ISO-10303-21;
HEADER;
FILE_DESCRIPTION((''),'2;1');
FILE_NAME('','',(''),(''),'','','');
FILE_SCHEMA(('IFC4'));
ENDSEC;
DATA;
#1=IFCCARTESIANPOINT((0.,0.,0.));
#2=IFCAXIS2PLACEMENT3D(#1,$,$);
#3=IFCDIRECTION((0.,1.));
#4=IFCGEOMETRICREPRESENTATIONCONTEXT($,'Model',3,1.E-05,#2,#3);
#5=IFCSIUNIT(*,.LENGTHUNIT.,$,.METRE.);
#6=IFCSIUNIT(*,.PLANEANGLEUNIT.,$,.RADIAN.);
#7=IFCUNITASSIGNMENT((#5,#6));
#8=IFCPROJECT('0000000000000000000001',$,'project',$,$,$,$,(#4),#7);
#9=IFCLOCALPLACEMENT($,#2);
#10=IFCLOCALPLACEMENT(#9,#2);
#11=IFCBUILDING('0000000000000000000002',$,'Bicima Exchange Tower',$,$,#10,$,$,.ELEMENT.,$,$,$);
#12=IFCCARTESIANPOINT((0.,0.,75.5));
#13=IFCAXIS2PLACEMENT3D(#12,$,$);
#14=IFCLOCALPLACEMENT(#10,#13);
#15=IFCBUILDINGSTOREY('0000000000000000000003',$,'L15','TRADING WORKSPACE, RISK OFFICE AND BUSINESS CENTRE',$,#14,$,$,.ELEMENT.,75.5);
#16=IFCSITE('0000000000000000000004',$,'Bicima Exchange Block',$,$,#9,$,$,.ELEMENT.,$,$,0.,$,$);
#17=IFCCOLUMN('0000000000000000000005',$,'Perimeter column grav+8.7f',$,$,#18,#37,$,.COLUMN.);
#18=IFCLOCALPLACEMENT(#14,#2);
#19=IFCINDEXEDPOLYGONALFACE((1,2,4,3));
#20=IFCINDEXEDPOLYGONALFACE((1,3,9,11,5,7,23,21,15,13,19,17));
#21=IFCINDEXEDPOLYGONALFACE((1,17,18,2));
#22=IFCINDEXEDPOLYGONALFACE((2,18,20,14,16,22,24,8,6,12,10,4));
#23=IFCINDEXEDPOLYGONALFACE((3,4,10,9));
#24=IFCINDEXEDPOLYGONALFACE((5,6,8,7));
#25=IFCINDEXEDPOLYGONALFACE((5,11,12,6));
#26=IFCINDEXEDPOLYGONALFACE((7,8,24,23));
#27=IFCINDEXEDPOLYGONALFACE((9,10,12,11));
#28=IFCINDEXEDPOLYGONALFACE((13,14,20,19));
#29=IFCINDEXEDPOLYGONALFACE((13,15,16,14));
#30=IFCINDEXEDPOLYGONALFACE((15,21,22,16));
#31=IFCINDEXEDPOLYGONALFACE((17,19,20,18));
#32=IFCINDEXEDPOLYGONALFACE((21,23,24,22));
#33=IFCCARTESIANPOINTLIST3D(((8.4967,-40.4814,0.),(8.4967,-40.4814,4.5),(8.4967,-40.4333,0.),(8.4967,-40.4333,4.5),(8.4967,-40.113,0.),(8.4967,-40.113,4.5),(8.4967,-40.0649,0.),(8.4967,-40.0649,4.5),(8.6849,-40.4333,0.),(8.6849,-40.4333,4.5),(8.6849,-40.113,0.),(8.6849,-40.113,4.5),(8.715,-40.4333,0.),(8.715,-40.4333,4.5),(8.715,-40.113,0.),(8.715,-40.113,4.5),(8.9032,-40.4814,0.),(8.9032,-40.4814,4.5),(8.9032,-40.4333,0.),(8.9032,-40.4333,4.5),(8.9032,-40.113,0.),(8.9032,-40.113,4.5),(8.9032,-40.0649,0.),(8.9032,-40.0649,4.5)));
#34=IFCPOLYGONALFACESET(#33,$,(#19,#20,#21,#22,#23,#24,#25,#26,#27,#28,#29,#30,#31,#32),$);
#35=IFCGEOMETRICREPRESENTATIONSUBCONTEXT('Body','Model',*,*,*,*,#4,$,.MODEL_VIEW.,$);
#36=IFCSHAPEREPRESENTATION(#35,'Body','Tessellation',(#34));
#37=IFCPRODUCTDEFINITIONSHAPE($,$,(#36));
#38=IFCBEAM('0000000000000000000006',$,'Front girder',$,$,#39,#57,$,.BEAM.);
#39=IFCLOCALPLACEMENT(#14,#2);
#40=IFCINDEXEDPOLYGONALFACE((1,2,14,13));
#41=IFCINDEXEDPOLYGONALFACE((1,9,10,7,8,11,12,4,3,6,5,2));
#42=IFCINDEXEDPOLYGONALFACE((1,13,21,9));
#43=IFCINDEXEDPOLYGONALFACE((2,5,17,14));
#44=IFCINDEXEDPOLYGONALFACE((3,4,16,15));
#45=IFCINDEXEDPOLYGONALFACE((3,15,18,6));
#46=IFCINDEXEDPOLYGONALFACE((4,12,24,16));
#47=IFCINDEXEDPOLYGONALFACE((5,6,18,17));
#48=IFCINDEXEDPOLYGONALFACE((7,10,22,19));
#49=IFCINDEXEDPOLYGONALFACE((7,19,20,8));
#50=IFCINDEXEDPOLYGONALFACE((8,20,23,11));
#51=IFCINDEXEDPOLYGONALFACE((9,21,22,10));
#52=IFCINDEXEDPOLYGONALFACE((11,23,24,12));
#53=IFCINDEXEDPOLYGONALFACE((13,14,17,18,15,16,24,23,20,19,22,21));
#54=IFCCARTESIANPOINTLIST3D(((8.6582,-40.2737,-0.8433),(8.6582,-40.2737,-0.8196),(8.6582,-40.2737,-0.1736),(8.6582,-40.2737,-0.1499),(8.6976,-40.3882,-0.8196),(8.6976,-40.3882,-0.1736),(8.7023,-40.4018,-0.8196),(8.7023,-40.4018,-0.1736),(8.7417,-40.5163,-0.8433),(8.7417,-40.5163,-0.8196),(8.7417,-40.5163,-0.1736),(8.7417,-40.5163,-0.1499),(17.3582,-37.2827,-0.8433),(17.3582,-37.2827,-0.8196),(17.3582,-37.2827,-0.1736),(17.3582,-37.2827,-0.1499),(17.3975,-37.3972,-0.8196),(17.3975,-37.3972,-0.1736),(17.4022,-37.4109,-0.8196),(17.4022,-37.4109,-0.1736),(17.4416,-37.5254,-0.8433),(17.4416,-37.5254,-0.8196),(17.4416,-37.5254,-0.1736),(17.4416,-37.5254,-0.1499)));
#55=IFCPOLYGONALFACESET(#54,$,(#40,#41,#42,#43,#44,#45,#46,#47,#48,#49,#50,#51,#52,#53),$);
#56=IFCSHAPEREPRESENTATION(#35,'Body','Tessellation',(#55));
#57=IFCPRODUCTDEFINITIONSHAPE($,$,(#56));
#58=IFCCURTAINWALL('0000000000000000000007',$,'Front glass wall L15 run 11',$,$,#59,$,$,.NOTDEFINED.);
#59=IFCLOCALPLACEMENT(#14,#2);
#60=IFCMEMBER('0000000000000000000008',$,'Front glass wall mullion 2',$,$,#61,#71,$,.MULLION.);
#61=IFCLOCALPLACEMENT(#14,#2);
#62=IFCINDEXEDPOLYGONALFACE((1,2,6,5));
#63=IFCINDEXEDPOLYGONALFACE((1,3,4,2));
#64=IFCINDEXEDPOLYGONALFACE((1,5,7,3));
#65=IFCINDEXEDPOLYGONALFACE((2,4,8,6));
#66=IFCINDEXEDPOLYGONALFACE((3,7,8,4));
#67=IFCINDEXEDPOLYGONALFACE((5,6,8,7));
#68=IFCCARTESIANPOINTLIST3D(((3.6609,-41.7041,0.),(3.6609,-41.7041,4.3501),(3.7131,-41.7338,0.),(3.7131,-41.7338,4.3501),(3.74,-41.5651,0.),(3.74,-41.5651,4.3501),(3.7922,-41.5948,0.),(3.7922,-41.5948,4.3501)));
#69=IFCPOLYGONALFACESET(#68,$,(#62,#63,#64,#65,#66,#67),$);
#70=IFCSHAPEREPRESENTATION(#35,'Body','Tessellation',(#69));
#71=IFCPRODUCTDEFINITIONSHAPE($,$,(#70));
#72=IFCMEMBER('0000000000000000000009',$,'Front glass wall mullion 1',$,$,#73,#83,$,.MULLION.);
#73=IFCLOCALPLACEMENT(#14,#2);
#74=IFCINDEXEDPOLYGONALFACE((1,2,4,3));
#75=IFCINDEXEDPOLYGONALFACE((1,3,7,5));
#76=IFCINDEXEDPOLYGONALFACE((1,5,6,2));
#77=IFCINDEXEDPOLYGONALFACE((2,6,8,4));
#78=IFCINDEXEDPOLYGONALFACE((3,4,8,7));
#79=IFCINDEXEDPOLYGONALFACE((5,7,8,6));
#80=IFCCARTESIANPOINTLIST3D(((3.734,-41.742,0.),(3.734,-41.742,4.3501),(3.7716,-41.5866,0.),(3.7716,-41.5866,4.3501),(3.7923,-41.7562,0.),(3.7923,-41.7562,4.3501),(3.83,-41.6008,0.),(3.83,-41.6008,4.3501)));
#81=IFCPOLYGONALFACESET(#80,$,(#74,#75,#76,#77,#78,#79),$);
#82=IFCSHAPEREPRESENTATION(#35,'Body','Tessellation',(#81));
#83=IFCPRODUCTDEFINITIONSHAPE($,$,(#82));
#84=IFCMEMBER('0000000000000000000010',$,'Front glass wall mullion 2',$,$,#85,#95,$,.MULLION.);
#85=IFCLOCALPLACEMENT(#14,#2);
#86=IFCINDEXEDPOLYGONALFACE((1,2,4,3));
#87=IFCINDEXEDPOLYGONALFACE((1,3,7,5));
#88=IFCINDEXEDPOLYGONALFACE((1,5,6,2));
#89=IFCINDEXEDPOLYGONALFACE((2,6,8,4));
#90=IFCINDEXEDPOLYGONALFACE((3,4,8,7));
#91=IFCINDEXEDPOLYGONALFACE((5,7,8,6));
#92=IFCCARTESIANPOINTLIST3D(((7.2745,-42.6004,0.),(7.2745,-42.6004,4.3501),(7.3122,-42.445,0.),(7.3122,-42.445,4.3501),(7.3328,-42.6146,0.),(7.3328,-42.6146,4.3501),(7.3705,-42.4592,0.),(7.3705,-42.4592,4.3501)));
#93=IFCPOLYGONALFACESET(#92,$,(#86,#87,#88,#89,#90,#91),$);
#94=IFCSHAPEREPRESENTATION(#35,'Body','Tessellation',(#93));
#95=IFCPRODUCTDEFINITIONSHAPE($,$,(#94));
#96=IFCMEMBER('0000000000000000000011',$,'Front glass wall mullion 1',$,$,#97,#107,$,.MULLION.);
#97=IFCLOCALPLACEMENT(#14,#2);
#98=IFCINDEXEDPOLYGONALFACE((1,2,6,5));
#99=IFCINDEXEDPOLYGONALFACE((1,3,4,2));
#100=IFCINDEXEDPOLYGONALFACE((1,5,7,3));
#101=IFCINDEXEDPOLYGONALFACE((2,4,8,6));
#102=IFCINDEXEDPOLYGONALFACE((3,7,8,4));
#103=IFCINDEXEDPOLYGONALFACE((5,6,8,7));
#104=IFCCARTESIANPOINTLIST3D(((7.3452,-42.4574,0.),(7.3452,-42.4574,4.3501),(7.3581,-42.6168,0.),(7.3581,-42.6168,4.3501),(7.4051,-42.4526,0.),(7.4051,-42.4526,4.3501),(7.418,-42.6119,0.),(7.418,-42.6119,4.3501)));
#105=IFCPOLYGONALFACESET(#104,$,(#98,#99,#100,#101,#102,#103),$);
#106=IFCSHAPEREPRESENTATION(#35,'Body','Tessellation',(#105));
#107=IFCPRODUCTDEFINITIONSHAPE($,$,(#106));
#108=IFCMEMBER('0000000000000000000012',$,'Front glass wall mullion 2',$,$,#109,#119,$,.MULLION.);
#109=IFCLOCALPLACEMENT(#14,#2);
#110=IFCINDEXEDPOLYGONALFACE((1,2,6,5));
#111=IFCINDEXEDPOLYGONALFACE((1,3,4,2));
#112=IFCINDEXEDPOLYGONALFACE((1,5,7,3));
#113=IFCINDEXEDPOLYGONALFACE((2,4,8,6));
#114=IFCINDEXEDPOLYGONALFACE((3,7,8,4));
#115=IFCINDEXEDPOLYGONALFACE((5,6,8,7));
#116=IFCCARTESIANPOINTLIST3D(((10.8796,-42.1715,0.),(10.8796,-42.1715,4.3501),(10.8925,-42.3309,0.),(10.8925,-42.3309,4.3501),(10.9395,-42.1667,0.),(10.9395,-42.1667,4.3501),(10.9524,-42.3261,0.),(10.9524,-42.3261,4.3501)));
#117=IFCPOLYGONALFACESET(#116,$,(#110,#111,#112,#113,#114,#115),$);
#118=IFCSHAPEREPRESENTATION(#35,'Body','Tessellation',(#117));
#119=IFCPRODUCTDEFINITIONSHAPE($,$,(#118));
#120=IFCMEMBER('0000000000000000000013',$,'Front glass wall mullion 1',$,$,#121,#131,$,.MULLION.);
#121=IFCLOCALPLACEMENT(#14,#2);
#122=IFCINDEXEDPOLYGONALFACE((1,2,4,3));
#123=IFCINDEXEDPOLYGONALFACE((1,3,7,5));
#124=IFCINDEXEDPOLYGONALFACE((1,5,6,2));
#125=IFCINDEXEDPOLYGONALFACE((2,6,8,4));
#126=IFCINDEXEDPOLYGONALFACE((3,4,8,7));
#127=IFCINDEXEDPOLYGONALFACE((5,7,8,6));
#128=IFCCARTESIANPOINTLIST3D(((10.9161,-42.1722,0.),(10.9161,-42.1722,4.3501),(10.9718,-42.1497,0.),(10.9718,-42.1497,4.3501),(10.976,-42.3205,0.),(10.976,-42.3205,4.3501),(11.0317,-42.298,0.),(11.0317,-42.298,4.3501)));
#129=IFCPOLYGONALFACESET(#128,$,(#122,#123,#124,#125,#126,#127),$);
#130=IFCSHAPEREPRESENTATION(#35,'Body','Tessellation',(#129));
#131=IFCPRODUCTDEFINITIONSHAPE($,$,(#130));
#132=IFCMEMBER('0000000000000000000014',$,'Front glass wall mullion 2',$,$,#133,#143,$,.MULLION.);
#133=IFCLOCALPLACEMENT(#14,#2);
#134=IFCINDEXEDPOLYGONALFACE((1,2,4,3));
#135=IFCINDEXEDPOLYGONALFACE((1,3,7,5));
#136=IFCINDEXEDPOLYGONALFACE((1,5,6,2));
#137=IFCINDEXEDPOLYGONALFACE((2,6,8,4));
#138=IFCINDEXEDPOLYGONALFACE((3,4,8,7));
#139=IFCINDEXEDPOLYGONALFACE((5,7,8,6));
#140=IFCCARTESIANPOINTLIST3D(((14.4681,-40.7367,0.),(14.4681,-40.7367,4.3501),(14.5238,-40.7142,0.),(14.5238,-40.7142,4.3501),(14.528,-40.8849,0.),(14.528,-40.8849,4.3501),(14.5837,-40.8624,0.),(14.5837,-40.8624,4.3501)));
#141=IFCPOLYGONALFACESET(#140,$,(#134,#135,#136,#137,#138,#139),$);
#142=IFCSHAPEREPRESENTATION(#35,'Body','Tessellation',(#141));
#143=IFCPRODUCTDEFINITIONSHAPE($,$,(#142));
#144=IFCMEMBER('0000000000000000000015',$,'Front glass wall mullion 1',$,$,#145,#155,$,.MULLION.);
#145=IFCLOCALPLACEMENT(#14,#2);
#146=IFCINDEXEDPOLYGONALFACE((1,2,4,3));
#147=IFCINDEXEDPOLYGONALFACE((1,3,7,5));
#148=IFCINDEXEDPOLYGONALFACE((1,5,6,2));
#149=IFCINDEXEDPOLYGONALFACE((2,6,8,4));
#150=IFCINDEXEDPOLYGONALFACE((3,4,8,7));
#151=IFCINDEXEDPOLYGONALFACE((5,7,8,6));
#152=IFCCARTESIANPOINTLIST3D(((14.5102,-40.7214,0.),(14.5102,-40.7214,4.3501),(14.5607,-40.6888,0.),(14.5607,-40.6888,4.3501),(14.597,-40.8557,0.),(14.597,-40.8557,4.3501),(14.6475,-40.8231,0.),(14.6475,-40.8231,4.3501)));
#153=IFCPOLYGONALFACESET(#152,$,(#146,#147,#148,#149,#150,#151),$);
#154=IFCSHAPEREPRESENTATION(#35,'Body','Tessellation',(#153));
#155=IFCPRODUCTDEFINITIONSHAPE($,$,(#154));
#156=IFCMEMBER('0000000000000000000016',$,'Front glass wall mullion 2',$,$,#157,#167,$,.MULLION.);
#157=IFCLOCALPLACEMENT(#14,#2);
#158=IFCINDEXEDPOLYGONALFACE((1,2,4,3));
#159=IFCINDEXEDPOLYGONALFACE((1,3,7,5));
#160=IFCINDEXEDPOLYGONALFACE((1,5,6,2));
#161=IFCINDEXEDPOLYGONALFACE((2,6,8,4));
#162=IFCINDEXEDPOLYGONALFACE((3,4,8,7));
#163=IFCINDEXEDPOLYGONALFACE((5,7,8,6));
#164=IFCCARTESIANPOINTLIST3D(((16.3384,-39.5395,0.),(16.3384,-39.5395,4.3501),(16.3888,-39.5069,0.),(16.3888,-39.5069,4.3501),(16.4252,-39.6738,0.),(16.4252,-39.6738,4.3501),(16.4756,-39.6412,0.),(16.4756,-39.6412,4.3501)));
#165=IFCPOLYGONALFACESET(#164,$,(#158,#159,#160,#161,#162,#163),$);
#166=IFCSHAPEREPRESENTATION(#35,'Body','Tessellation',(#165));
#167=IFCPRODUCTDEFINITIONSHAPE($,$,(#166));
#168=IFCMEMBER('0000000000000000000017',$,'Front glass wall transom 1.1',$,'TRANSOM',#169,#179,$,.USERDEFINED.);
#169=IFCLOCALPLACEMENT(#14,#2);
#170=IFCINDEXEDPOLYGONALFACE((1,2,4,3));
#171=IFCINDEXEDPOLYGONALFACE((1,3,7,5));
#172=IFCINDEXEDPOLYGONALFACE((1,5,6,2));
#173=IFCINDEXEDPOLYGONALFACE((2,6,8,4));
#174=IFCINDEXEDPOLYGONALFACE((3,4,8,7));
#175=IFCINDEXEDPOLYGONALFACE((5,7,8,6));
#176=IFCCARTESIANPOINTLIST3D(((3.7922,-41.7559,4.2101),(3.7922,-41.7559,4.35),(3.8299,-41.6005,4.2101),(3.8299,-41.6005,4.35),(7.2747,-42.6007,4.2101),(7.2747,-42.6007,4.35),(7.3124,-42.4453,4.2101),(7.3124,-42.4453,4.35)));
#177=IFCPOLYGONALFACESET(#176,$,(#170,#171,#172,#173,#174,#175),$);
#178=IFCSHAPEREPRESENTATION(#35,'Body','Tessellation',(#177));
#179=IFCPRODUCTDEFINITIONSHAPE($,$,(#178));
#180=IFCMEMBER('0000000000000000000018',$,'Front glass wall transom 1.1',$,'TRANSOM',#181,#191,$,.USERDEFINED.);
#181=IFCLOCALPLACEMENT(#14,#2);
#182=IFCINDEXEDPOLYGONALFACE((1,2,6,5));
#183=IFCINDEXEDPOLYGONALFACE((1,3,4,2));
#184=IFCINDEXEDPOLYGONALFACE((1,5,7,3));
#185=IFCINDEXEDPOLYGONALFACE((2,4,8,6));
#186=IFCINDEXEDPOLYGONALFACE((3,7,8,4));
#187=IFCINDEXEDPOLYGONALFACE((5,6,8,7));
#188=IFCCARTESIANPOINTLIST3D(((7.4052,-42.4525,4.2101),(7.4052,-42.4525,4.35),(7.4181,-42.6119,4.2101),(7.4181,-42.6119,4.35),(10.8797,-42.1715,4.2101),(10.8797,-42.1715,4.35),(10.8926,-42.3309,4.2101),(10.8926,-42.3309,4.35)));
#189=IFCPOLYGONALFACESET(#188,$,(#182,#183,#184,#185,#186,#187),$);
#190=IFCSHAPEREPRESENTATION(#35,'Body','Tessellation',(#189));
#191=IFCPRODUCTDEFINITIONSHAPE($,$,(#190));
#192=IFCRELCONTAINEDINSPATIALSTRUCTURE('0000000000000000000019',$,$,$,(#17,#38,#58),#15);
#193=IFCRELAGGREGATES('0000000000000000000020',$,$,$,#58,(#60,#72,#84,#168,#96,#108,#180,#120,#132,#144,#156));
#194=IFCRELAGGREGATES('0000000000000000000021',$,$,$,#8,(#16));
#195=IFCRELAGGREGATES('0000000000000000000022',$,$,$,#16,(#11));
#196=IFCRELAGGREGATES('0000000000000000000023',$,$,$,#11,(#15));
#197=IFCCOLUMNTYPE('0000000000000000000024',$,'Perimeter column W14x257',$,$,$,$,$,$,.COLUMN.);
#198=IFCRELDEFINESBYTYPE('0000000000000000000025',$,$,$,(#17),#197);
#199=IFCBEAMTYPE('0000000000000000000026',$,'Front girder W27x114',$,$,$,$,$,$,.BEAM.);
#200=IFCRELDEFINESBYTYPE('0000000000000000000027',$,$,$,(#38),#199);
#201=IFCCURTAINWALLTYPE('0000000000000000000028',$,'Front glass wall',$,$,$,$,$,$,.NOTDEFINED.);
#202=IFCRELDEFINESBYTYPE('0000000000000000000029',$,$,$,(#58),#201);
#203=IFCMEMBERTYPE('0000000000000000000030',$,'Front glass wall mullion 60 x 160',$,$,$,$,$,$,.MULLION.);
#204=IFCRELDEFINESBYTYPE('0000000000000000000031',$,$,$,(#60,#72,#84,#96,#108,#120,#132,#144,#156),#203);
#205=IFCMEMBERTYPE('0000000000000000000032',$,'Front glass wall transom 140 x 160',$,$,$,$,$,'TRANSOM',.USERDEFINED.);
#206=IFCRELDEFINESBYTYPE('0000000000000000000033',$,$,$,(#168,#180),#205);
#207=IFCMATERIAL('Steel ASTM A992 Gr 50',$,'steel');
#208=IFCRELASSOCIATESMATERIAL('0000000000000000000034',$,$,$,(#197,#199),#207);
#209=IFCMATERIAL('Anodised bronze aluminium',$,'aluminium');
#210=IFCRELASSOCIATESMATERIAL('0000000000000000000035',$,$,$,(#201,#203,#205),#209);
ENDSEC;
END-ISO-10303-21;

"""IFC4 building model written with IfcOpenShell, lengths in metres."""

from ifc_helpers import new_model, si_unit, direction, frame, origin, origin_2d, place, context, subcontext, project, spatial, rectangle, i_section, extrude, material, material_profile, profile_set, type_object, element, aggregate, save


model = new_model("IFC4")

# Units and contexts
model_context = context("Model", 3, precision=1e-05, world=origin(), true_north=direction((0.0, 1.0)))
body_context = subcontext(model_context, "Body", "Model", "MODEL_VIEW")
ifc_project = project(units=[si_unit("LENGTHUNIT", "METRE"), si_unit("PLANEANGLEUNIT", "RADIAN")], contexts=[model_context])

# Site, building, storey
site_placement = place(None, origin())
site = spatial("IfcSite", under=ifc_project, at=site_placement, Name="Bicima Exchange Block", CompositionType="ELEMENT", RefElevation=0.0)
building_placement = place(site_placement, origin())
building = spatial("IfcBuilding", under=site, at=building_placement, Name="Bicima Exchange Tower", CompositionType="ELEMENT")
storey_placement = place(building_placement, frame((0.0, 0.0, 75.5)))
storey = spatial("IfcBuildingStorey", under=building, at=storey_placement, Name="L15", Description="TRADING WORKSPACE, RISK OFFICE AND BUSINESS CENTRE", CompositionType="ELEMENT", Elevation=75.5)

# Column
ifc_material_1 = material(Name="Steel ASTM A992 Gr 50", Category="steel")
ifc_material_profile_1 = material_profile(ifc_material_1, i_section(OverallWidth=0.4065, OverallDepth=0.4165, WebThickness=0.03, FlangeThickness=0.0481, at=origin_2d()))
ifc_profile_set_1 = profile_set([ifc_material_profile_1], Name="Steel ASTM A992 Gr 50")
column_type = type_object("IfcColumnType", Name="Perimeter column W14x257", PredefinedType="COLUMN", material=ifc_profile_set_1)
column_placement = place(storey_placement, frame((8.7, -40.2732, 0.0), z_axis=(0.0, 0.0, 1.0), x_axis=(1.0, 0.0, 0.0)))
element("IfcColumn", 1, at=column_placement, inside=storey, type_object=column_type, Name="Perimeter column grav+8.7f", PredefinedType="COLUMN", context=body_context, shape_type="SweptSolid", body=[
    extrude(i_section(OverallWidth=0.4065, OverallDepth=0.4165, WebThickness=0.03, FlangeThickness=0.0481, at=origin_2d()), origin(), (0.0, 0.0, 1.0), 4.5),
])

# Beam
ifc_material_profile_2 = material_profile(ifc_material_1, i_section(OverallWidth=0.2566, OverallDepth=0.6934, WebThickness=0.0144, FlangeThickness=0.0237, at=origin_2d()))
ifc_profile_set_2 = profile_set([ifc_material_profile_2], Name="Steel ASTM A992 Gr 50")
beam_type = type_object("IfcBeamType", Name="Front girder W27x114", PredefinedType="BEAM", material=ifc_profile_set_2)
beam_placement = place(storey_placement, frame((8.7, -40.395, -0.4966), z_axis=(0.945675, 0.325115, 0.0), x_axis=(-0.325115, 0.945675, 0.0)))
element("IfcBeam", 2, at=beam_placement, inside=storey, type_object=beam_type, Name="Front girder", PredefinedType="BEAM", context=body_context, shape_type="SweptSolid", body=[
    extrude(i_section(OverallWidth=0.2566, OverallDepth=0.6934, WebThickness=0.0144, FlangeThickness=0.0237, at=origin_2d()), origin(), (0.0, 0.0, 1.0), 9.1997),
])

# Curtain wall, members
ifc_material_2 = material(Name="Anodised bronze aluminium", Category="aluminium")
curtain_wall_type = type_object("IfcCurtainWallType", Name="Front glass wall", PredefinedType="NOTDEFINED", material=ifc_material_2)
curtain_wall_placement = place(storey_placement, origin())
curtain_wall = element("IfcCurtainWall", 3, at=curtain_wall_placement, inside=storey, type_object=curtain_wall_type, Name="Front glass wall L15 run 11", PredefinedType="NOTDEFINED")
ifc_material_profile_3 = material_profile(ifc_material_2, rectangle(XDim=0.1599, YDim=0.0601, at=origin_2d()))
ifc_profile_set_3 = profile_set([ifc_material_profile_3], Name="Anodised bronze aluminium")
member_type_1 = type_object("IfcMemberType", Name="Front glass wall mullion 60 x 160", PredefinedType="MULLION", material=ifc_profile_set_3)
member_1_placement = place(storey_placement, frame((3.7266, -41.6494, 0.0), z_axis=(0.0, 0.0, 1.0), x_axis=(0.49433, 0.869274, 0.0)))
member_1 = element("IfcMember", 4, at=member_1_placement, type_object=member_type_1, Name="Front glass wall mullion 2", PredefinedType="MULLION", context=body_context, shape_type="SweptSolid", body=[
    extrude(rectangle(XDim=0.1599, YDim=0.0601, at=origin_2d()), origin(), (0.0, 0.0, 1.0), 4.3501),
])
member_2_placement = place(storey_placement, frame((3.782, -41.6714, 0.0), z_axis=(0.0, 0.0, 1.0), x_axis=(0.235682, 0.97183, 0.0)))
member_2 = element("IfcMember", 5, at=member_2_placement, type_object=member_type_1, Name="Front glass wall mullion 1", PredefinedType="MULLION", context=body_context, shape_type="SweptSolid", body=[
    extrude(rectangle(XDim=0.1599, YDim=0.0601, at=origin_2d()), origin(), (0.0, 0.0, 1.0), 4.3501),
])
member_3_placement = place(storey_placement, frame((7.3225, -42.5298, 0.0), z_axis=(0.0, 0.0, 1.0), x_axis=(0.235682, 0.97183, 0.0)))
member_3 = element("IfcMember", 6, at=member_3_placement, type_object=member_type_1, Name="Front glass wall mullion 2", PredefinedType="MULLION", context=body_context, shape_type="SweptSolid", body=[
    extrude(rectangle(XDim=0.1599, YDim=0.0601, at=origin_2d()), origin(), (0.0, 0.0, 1.0), 4.3501),
])
member_4_placement = place(storey_placement, frame((7.3816, -42.5347, 0.0), z_axis=(0.0, 0.0, 1.0), x_axis=(-0.080589, 0.996747, 0.0)))
member_4 = element("IfcMember", 7, at=member_4_placement, type_object=member_type_1, Name="Front glass wall mullion 1", PredefinedType="MULLION", context=body_context, shape_type="SweptSolid", body=[
    extrude(rectangle(XDim=0.1599, YDim=0.0601, at=origin_2d()), origin(), (0.0, 0.0, 1.0), 4.3501),
])
member_5_placement = place(storey_placement, frame((10.916, -42.2488, 0.0), z_axis=(0.0, 0.0, 1.0), x_axis=(-0.080589, 0.996747, 0.0)))
member_5 = element("IfcMember", 8, at=member_5_placement, type_object=member_type_1, Name="Front glass wall mullion 2", PredefinedType="MULLION", context=body_context, shape_type="SweptSolid", body=[
    extrude(rectangle(XDim=0.1599, YDim=0.0601, at=origin_2d()), origin(), (0.0, 0.0, 1.0), 4.3501),
])
member_6_placement = place(storey_placement, frame((10.9739, -42.2351, 0.0), z_axis=(0.0, 0.0, 1.0), x_axis=(-0.374705, 0.927144, 0.0)))
member_6 = element("IfcMember", 9, at=member_6_placement, type_object=member_type_1, Name="Front glass wall mullion 1", PredefinedType="MULLION", context=body_context, shape_type="SweptSolid", body=[
    extrude(rectangle(XDim=0.1599, YDim=0.0601, at=origin_2d()), origin(), (0.0, 0.0, 1.0), 4.3501),
])
member_7_placement = place(storey_placement, frame((14.5259, -40.7996, 0.0), z_axis=(0.0, 0.0, 1.0), x_axis=(-0.374705, 0.927144, 0.0)))
member_7 = element("IfcMember", 10, at=member_7_placement, type_object=member_type_1, Name="Front glass wall mullion 2", PredefinedType="MULLION", context=body_context, shape_type="SweptSolid", body=[
    extrude(rectangle(XDim=0.1599, YDim=0.0601, at=origin_2d()), origin(), (0.0, 0.0, 1.0), 4.3501),
])
member_8_placement = place(storey_placement, frame((14.5789, -40.7722, 0.0), z_axis=(0.0, 0.0, 1.0), x_axis=(-0.542909, 0.839791, 0.0)))
member_8 = element("IfcMember", 11, at=member_8_placement, type_object=member_type_1, Name="Front glass wall mullion 1", PredefinedType="MULLION", context=body_context, shape_type="SweptSolid", body=[
    extrude(rectangle(XDim=0.1599, YDim=0.0601, at=origin_2d()), origin(), (0.0, 0.0, 1.0), 4.3501),
])
member_9_placement = place(storey_placement, frame((16.407, -39.5903, 0.0), z_axis=(0.0, 0.0, 1.0), x_axis=(-0.542909, 0.839791, 0.0)))
member_9 = element("IfcMember", 12, at=member_9_placement, type_object=member_type_1, Name="Front glass wall mullion 2", PredefinedType="MULLION", context=body_context, shape_type="SweptSolid", body=[
    extrude(rectangle(XDim=0.1599, YDim=0.0601, at=origin_2d()), origin(), (0.0, 0.0, 1.0), 4.3501),
])
ifc_material_profile_4 = material_profile(ifc_material_2, rectangle(XDim=0.1599, YDim=0.1399, at=origin_2d()))
ifc_profile_set_4 = profile_set([ifc_material_profile_4], Name="Anodised bronze aluminium")
member_type_2 = type_object("IfcMemberType", Name="Front glass wall transom 140 x 160", ElementType="TRANSOM", PredefinedType="USERDEFINED", material=ifc_profile_set_4)
member_10_placement = place(storey_placement, frame((3.811, -41.6782, 4.28), z_axis=(0.971818, -0.235733, 0.0), x_axis=(0.235733, 0.971818, 0.0)))
member_10 = element("IfcMember", 13, at=member_10_placement, type_object=member_type_2, Name="Front glass wall transom 1.1", ObjectType="TRANSOM", PredefinedType="USERDEFINED", context=body_context, shape_type="SweptSolid", body=[
    extrude(rectangle(XDim=0.1599, YDim=0.1399, at=origin_2d()), origin(), (0.0, 0.0, 1.0), 3.5835),
])
member_11_placement = place(storey_placement, frame((7.4116, -42.5322, 4.28), z_axis=(0.996746, 0.080611, 0.0), x_axis=(-0.080611, 0.996746, 0.0)))
member_11 = element("IfcMember", 14, at=member_11_placement, type_object=member_type_2, Name="Front glass wall transom 1.1", ObjectType="TRANSOM", PredefinedType="USERDEFINED", context=body_context, shape_type="SweptSolid", body=[
    extrude(rectangle(XDim=0.1599, YDim=0.1399, at=origin_2d()), origin(), (0.0, 0.0, 1.0), 3.4858),
])

aggregate(curtain_wall, [member_1, member_2, member_3, member_10, member_4, member_5, member_11, member_6, member_7, member_8, member_9])

save(model, "model.ifc")
